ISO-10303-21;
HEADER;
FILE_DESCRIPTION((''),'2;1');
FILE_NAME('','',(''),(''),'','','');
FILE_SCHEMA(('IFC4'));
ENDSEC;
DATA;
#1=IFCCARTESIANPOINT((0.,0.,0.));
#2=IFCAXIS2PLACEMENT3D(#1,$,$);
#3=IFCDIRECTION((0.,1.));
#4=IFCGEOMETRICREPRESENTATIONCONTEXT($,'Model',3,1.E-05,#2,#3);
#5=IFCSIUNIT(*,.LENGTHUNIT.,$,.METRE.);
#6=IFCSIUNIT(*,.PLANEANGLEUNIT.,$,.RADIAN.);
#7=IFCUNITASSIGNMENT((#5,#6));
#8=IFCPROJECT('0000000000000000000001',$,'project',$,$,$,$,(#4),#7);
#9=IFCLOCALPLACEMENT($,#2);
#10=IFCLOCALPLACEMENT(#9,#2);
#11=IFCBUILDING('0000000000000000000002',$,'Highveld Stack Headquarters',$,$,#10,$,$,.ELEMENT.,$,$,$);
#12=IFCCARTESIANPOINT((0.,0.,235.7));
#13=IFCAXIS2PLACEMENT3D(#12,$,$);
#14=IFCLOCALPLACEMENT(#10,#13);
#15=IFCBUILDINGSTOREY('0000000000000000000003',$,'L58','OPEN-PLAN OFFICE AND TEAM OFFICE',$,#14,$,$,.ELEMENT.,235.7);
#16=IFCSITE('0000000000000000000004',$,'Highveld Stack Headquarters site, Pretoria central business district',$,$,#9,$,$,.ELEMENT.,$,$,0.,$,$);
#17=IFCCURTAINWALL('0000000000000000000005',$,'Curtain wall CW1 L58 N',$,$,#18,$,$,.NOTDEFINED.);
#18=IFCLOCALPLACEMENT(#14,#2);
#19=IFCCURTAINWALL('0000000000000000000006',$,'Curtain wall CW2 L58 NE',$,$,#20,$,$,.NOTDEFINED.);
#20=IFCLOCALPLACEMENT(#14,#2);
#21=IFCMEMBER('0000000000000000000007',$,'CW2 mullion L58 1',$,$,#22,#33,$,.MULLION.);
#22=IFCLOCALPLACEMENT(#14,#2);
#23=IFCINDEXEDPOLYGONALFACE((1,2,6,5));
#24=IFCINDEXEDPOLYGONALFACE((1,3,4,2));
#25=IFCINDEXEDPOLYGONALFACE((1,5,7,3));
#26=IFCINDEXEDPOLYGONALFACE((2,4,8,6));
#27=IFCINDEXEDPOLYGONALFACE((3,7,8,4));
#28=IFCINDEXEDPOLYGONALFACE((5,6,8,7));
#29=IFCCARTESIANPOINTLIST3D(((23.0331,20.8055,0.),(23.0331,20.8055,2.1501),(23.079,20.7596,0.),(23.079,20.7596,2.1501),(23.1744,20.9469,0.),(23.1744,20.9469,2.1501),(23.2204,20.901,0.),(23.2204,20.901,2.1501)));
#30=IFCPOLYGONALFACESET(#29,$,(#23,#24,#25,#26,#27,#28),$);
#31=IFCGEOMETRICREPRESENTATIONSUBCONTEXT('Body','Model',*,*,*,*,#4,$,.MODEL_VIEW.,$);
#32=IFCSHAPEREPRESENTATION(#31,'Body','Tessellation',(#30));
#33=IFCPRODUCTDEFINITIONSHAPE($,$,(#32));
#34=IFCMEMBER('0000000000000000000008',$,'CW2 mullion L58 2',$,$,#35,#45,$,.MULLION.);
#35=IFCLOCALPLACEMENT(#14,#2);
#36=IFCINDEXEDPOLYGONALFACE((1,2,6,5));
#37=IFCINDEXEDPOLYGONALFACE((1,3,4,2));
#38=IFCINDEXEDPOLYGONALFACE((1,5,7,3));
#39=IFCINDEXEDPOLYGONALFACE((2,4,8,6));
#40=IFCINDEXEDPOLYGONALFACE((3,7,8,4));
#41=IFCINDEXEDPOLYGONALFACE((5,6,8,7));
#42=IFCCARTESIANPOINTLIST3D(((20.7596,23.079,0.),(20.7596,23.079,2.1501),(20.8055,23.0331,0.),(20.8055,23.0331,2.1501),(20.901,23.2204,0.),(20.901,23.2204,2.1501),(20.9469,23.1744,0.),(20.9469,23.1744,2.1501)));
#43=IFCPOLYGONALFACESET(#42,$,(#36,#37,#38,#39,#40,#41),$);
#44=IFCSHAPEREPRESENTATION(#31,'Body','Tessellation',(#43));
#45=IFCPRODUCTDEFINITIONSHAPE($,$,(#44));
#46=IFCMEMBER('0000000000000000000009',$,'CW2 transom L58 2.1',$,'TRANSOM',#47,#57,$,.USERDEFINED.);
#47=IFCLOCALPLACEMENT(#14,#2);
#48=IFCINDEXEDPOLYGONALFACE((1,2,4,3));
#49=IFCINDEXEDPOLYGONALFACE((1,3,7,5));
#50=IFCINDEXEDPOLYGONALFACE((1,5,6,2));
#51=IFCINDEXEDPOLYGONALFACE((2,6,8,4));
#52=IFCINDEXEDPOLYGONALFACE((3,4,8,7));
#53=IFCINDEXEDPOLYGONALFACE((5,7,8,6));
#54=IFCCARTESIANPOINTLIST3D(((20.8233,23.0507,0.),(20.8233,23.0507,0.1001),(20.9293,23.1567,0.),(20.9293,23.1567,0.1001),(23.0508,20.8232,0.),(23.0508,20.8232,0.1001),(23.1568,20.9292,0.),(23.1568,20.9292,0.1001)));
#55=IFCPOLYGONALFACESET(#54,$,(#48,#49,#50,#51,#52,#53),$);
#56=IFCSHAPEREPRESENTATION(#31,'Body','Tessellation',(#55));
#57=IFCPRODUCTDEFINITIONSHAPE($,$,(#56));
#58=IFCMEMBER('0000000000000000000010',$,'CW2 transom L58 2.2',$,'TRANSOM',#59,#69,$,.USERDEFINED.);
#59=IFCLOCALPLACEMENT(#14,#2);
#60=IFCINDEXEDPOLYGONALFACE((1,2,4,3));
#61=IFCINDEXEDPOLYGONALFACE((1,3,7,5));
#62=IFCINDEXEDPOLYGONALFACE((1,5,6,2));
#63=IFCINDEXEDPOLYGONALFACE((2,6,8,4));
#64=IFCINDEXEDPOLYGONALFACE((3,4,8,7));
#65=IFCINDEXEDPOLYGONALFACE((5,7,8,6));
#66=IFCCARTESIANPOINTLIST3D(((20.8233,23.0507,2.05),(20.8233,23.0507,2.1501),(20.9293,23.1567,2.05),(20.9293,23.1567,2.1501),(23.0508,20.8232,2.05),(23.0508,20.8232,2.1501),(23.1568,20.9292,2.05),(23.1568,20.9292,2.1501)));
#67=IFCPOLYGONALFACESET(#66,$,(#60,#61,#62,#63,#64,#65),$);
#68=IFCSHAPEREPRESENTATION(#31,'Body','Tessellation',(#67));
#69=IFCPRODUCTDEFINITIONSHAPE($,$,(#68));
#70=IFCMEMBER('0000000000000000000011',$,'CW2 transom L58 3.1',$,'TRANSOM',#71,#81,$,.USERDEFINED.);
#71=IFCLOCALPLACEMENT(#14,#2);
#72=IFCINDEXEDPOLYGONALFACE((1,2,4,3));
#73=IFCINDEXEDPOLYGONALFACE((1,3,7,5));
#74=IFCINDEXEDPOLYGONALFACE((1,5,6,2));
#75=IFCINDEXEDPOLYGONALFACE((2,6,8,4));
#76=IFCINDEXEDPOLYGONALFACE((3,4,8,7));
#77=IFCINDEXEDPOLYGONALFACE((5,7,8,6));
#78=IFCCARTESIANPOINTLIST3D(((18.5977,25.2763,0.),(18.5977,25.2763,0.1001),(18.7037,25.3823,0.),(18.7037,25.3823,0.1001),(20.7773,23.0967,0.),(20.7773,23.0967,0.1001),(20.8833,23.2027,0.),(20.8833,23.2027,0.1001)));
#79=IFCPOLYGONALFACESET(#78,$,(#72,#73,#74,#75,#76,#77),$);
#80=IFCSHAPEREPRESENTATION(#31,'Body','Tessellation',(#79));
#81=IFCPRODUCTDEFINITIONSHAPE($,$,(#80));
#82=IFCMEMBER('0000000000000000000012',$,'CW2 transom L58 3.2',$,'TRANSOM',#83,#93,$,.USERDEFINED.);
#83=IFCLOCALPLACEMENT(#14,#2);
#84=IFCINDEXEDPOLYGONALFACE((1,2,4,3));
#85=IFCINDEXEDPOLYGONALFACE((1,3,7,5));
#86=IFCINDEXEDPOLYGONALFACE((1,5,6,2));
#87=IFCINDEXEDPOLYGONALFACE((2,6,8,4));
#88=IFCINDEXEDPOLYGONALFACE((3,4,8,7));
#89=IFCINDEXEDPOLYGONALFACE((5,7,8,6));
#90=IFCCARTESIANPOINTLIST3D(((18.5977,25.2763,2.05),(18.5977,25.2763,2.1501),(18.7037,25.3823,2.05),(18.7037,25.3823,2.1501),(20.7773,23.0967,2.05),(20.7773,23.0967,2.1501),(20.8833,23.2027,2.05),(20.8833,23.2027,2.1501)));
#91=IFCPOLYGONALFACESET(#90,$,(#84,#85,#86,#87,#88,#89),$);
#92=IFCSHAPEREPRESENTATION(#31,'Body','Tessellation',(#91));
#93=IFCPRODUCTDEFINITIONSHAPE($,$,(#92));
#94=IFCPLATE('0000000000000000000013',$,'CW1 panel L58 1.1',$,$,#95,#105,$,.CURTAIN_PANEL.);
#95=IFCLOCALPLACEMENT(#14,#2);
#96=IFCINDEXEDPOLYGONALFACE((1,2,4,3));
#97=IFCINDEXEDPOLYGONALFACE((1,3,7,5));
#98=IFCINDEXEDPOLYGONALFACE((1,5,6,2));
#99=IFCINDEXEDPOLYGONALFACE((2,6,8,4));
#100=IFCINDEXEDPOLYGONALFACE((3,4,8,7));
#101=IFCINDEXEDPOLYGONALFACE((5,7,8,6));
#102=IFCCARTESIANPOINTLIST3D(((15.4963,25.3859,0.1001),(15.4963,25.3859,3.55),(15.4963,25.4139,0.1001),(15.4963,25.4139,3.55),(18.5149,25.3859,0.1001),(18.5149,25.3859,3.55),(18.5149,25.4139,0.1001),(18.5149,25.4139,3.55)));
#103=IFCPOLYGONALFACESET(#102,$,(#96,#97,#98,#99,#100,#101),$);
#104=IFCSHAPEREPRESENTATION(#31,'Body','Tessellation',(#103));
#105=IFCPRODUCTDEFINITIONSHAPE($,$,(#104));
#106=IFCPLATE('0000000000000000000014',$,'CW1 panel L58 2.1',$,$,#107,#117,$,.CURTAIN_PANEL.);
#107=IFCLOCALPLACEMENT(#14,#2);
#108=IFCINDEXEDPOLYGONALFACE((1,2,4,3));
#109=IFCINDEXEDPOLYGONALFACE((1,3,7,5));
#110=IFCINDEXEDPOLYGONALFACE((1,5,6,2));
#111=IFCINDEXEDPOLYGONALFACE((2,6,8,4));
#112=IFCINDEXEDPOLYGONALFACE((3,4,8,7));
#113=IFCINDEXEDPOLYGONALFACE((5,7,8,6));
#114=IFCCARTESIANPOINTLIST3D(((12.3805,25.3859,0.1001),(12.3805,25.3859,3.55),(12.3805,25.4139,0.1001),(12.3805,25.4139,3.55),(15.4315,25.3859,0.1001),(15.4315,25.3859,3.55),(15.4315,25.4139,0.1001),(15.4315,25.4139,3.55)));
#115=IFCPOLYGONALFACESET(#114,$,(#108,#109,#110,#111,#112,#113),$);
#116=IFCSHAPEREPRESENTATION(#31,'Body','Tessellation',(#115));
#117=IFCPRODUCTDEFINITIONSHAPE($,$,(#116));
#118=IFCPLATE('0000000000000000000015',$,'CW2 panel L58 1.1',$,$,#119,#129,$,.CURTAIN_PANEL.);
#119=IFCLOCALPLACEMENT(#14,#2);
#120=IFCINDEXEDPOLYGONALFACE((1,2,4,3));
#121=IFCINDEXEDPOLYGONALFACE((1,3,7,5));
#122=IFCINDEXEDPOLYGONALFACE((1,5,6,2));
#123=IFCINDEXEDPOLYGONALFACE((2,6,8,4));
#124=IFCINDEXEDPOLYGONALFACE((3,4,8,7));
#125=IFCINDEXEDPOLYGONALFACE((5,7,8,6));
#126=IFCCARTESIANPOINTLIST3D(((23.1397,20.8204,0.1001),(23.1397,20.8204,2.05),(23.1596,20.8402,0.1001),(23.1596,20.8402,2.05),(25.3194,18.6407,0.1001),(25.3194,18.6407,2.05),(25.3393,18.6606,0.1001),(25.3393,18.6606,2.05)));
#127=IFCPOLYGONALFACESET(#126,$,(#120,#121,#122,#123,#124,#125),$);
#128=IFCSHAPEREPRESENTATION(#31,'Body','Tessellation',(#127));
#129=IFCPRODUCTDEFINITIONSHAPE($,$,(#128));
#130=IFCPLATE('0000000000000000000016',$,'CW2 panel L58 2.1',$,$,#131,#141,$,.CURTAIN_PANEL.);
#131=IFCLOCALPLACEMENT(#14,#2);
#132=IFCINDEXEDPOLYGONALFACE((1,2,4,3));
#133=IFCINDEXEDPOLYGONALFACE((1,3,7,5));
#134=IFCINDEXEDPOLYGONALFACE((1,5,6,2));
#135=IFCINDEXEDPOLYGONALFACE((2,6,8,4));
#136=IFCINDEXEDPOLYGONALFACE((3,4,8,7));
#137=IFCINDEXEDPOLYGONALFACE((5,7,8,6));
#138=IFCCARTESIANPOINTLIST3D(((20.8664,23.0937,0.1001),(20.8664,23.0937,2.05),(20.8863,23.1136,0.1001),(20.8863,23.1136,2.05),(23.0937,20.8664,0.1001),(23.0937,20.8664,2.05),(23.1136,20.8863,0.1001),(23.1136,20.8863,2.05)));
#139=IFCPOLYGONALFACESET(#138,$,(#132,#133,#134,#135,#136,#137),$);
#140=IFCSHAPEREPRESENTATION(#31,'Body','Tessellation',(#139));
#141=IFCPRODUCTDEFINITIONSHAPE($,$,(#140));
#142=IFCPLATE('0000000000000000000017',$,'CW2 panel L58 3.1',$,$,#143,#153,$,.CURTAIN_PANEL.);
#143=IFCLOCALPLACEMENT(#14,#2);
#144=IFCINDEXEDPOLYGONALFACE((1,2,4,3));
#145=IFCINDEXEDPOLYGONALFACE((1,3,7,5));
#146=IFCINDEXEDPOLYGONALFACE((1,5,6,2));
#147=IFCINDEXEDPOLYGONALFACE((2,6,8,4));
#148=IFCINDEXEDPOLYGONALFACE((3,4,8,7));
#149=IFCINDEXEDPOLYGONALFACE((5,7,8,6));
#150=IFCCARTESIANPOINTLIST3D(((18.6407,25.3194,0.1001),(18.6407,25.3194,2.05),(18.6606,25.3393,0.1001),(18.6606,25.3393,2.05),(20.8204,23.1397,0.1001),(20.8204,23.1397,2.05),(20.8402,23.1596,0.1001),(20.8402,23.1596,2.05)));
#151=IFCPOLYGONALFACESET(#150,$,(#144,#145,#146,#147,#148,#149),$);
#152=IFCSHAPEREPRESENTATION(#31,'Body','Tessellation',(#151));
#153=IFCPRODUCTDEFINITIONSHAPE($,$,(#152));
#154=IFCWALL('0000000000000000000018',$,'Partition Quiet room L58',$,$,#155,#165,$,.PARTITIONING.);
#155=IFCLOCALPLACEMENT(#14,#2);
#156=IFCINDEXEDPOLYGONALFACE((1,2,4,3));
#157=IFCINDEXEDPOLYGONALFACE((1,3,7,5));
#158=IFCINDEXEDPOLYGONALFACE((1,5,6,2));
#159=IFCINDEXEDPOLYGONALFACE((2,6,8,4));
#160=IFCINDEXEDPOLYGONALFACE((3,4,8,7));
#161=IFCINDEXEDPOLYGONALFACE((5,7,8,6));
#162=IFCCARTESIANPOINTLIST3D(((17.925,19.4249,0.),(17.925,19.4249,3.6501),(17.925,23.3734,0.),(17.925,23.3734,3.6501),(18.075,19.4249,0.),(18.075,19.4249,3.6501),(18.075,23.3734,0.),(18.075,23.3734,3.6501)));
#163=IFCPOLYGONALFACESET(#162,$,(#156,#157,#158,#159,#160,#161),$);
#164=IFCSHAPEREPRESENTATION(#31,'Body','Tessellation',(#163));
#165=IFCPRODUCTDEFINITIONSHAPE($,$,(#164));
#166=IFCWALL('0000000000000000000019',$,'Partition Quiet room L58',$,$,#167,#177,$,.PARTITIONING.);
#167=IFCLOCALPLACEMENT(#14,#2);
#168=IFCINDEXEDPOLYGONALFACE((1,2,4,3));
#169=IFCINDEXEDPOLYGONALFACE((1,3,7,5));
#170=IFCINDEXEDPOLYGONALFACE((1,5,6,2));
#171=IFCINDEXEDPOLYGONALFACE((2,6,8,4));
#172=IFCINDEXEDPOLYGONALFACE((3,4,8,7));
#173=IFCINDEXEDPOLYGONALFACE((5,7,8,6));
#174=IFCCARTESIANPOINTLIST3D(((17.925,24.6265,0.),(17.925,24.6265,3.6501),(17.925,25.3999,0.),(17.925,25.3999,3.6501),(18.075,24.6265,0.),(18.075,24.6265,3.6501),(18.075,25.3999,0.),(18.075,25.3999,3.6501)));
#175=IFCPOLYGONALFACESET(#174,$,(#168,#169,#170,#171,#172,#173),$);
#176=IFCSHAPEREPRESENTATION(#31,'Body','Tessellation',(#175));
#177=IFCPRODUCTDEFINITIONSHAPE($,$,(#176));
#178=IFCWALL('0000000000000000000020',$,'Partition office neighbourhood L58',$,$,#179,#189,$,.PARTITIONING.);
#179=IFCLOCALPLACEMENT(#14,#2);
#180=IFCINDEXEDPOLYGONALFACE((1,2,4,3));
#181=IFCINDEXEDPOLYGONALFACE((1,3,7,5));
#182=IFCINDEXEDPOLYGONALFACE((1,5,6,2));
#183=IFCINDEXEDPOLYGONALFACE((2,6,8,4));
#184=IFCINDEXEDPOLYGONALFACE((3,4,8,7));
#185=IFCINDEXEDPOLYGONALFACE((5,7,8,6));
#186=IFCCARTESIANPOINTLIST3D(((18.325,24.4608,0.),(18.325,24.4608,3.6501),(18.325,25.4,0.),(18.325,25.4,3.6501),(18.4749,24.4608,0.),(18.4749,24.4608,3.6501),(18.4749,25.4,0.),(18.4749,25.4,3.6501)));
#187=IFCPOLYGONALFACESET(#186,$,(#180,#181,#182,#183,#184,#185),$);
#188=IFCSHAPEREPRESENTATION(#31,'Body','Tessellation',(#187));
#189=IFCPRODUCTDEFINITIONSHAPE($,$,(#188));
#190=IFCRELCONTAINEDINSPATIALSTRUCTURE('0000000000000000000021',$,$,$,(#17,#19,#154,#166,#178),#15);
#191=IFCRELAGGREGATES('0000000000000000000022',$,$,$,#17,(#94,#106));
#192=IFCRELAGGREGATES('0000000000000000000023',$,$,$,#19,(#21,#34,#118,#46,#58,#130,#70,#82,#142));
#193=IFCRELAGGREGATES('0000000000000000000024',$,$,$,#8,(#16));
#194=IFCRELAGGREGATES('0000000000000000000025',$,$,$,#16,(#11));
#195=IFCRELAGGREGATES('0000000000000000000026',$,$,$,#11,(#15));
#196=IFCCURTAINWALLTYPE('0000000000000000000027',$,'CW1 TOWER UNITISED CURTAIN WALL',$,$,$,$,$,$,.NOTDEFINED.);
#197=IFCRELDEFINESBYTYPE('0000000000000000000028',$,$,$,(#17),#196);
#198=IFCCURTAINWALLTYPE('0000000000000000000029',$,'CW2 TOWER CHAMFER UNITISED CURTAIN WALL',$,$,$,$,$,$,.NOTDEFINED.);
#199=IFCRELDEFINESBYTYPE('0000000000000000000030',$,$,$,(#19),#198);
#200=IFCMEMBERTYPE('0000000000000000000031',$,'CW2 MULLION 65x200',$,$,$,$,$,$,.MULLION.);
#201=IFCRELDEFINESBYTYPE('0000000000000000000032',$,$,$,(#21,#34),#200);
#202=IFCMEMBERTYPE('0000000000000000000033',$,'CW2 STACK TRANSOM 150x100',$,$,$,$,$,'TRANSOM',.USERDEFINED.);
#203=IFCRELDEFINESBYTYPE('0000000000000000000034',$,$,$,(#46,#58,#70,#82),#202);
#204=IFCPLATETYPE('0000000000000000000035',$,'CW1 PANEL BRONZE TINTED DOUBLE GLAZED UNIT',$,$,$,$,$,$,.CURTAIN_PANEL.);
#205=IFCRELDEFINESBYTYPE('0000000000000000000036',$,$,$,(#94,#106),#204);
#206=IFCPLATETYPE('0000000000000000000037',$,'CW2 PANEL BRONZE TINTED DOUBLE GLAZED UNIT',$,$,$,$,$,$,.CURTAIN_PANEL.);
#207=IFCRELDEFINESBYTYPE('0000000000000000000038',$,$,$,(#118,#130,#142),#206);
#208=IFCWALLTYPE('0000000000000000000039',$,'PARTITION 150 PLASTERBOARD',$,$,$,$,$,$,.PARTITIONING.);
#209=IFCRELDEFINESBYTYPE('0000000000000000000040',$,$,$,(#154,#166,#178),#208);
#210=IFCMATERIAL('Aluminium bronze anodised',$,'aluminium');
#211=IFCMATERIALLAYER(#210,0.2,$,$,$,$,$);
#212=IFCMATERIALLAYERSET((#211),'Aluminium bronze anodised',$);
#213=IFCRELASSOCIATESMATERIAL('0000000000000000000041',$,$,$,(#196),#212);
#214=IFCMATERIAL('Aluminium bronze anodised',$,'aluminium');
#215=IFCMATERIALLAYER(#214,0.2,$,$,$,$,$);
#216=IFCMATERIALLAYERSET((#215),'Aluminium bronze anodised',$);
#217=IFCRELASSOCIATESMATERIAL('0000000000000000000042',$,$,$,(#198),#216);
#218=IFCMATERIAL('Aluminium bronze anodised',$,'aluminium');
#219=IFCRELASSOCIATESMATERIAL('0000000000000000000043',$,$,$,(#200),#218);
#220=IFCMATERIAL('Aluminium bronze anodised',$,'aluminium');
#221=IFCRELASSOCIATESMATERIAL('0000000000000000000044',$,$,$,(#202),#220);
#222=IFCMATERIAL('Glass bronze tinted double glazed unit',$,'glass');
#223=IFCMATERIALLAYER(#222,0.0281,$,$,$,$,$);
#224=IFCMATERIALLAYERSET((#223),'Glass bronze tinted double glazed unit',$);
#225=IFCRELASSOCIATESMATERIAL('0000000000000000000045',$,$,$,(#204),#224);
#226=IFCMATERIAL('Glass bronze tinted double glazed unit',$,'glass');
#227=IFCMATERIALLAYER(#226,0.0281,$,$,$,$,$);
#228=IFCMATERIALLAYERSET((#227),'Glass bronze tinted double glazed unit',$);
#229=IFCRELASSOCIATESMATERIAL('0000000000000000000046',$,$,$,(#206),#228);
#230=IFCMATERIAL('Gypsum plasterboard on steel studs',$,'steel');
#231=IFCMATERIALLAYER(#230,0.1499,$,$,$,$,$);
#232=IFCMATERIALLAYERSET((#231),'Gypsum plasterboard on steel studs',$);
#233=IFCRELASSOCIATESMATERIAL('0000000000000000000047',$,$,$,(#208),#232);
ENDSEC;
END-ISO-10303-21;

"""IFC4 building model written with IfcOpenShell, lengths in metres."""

from ifc_helpers import new_model, si_unit, direction, frame, frame_2d, origin, origin_2d, place, context, subcontext, project, spatial, rectangle, extrude, material, layer, layer_set, material_profile, profile_set, type_object, element, aggregate, save


model = new_model("IFC4")

# Units and contexts
model_context = context("Model", 3, precision=1e-05, world=origin(), true_north=direction((0.0, 1.0)))
body_context = subcontext(model_context, "Body", "Model", "MODEL_VIEW")
ifc_project = project(units=[si_unit("LENGTHUNIT", "METRE"), si_unit("PLANEANGLEUNIT", "RADIAN")], contexts=[model_context])

# Site, building, storey
site_placement = place(None, origin())
site = spatial("IfcSite", under=ifc_project, at=site_placement, Name="Highveld Stack Headquarters site, Pretoria central business district", CompositionType="ELEMENT", RefElevation=0.0)
building_placement = place(site_placement, origin())
building = spatial("IfcBuilding", under=site, at=building_placement, Name="Highveld Stack Headquarters", CompositionType="ELEMENT")
storey_placement = place(building_placement, frame((0.0, 0.0, 235.7)))
storey = spatial("IfcBuildingStorey", under=building, at=storey_placement, Name="L58", Description="OPEN-PLAN OFFICE AND TEAM OFFICE", CompositionType="ELEMENT", Elevation=235.7)

# Curtain walls, members
ifc_material_1 = material(Name="Aluminium bronze anodised", Category="aluminium")
ifc_layer_1 = layer(ifc_material_1, 0.2)
ifc_layer_set_1 = layer_set([ifc_layer_1], Name="Aluminium bronze anodised")
curtain_wall_type_1 = type_object("IfcCurtainWallType", Name="CW1 TOWER UNITISED CURTAIN WALL", PredefinedType="NOTDEFINED", material=ifc_layer_set_1)
curtain_wall_1_placement = place(storey_placement, origin())
curtain_wall_1 = element("IfcCurtainWall", 1, at=curtain_wall_1_placement, inside=storey, type_object=curtain_wall_type_1, Name="Curtain wall CW1 L58 N", PredefinedType="NOTDEFINED")
ifc_material_2 = material(Name="Aluminium bronze anodised", Category="aluminium")
ifc_layer_2 = layer(ifc_material_2, 0.2)
ifc_layer_set_2 = layer_set([ifc_layer_2], Name="Aluminium bronze anodised")
curtain_wall_type_2 = type_object("IfcCurtainWallType", Name="CW2 TOWER CHAMFER UNITISED CURTAIN WALL", PredefinedType="NOTDEFINED", material=ifc_layer_set_2)
curtain_wall_2_placement = place(storey_placement, origin())
curtain_wall_2 = element("IfcCurtainWall", 2, at=curtain_wall_2_placement, inside=storey, type_object=curtain_wall_type_2, Name="Curtain wall CW2 L58 NE", PredefinedType="NOTDEFINED")
ifc_material_3 = material(Name="Aluminium bronze anodised", Category="aluminium")
ifc_material_profile_1 = material_profile(ifc_material_3, rectangle(XDim=0.2, YDim=0.0649, at=origin_2d()), Name="CW2 MULLION 65x200")
ifc_profile_set_1 = profile_set([ifc_material_profile_1], Name="Aluminium bronze anodised")
member_type_1 = type_object("IfcMemberType", Name="CW2 MULLION 65x200", PredefinedType="MULLION", material=ifc_profile_set_1)
member_1_placement = place(storey_placement, frame((23.1267, 20.8533, 0.0), z_axis=(0.0, 0.0, 1.0), x_axis=(-0.707107, -0.707107, 0.0)))
member_1 = element("IfcMember", 3, at=member_1_placement, type_object=member_type_1, Name="CW2 mullion L58 1", PredefinedType="MULLION", context=body_context, shape_type="SweptSolid", body=[
    extrude(rectangle(XDim=0.2, YDim=0.0649, at=origin_2d()), origin(), (0.0, 0.0, 1.0), 2.1501),
])
member_2_placement = place(storey_placement, frame((20.8533, 23.1267, 0.0), z_axis=(0.0, 0.0, 1.0), x_axis=(-0.707107, -0.707107, 0.0)))
member_2 = element("IfcMember", 4, at=member_2_placement, type_object=member_type_1, Name="CW2 mullion L58 2", PredefinedType="MULLION", context=body_context, shape_type="SweptSolid", body=[
    extrude(rectangle(XDim=0.2, YDim=0.0649, at=origin_2d()), origin(), (0.0, 0.0, 1.0), 2.1501),
])
ifc_material_4 = material(Name="Aluminium bronze anodised", Category="aluminium")
ifc_material_profile_2 = material_profile(ifc_material_4, rectangle(XDim=0.1499, YDim=0.1001, at=origin_2d()), Name="CW2 TRANSOM 150x100")
ifc_profile_set_2 = profile_set([ifc_material_profile_2], Name="Aluminium bronze anodised")
member_type_2 = type_object("IfcMemberType", Name="CW2 STACK TRANSOM 150x100", ElementType="TRANSOM", PredefinedType="USERDEFINED", material=ifc_profile_set_2)
member_3_placement = place(storey_placement, frame((23.1038, 20.8762, 0.05), z_axis=(-0.707107, 0.707107, 0.0), x_axis=(-0.707107, -0.707107, 0.0)))
member_3 = element("IfcMember", 5, at=member_3_placement, type_object=member_type_2, Name="CW2 transom L58 2.1", ObjectType="TRANSOM", PredefinedType="USERDEFINED", context=body_context, shape_type="SweptSolid", body=[
    extrude(rectangle(XDim=0.1499, YDim=0.1001, at=origin_2d()), origin(), (0.0, 0.0, 1.0), 3.1501),
])
member_4_placement = place(storey_placement, frame((23.1038, 20.8762, 2.1001), z_axis=(-0.707107, 0.707107, 0.0), x_axis=(-0.707107, -0.707107, 0.0)))
member_4 = element("IfcMember", 6, at=member_4_placement, type_object=member_type_2, Name="CW2 transom L58 2.2", ObjectType="TRANSOM", PredefinedType="USERDEFINED", context=body_context, shape_type="SweptSolid", body=[
    extrude(rectangle(XDim=0.1499, YDim=0.1001, at=origin_2d()), origin(), (0.0, 0.0, 1.0), 3.1501),
])
member_5_placement = place(storey_placement, frame((20.8303, 23.1497, 0.05), z_axis=(-0.707107, 0.707107, 0.0), x_axis=(-0.707107, -0.707107, 0.0)))
member_5 = element("IfcMember", 7, at=member_5_placement, type_object=member_type_2, Name="CW2 transom L58 3.1", ObjectType="TRANSOM", PredefinedType="USERDEFINED", context=body_context, shape_type="SweptSolid", body=[
    extrude(rectangle(XDim=0.1499, YDim=0.1001, at=origin_2d()), origin(), (0.0, 0.0, 1.0), 3.0825),
])
member_6_placement = place(storey_placement, frame((20.8303, 23.1497, 2.1001), z_axis=(-0.707107, 0.707107, 0.0), x_axis=(-0.707107, -0.707107, 0.0)))
member_6 = element("IfcMember", 8, at=member_6_placement, type_object=member_type_2, Name="CW2 transom L58 3.2", ObjectType="TRANSOM", PredefinedType="USERDEFINED", context=body_context, shape_type="SweptSolid", body=[
    extrude(rectangle(XDim=0.1499, YDim=0.1001, at=origin_2d()), origin(), (0.0, 0.0, 1.0), 3.0825),
])

# Plates
ifc_material_5 = material(Name="Glass bronze tinted double glazed unit", Category="glass")
ifc_layer_3 = layer(ifc_material_5, 0.0281)
ifc_layer_set_3 = layer_set([ifc_layer_3], Name="Glass bronze tinted double glazed unit")
plate_type_1 = type_object("IfcPlateType", Name="CW1 PANEL BRONZE TINTED DOUBLE GLAZED UNIT", PredefinedType="CURTAIN_PANEL", material=ifc_layer_set_3)
plate_1_placement = place(storey_placement, frame((17.0056, 25.3999, 0.1001), z_axis=(0.0, 0.0, 1.0), x_axis=(-1.0, 0.0, 0.0)))
plate_1 = element("IfcPlate", 9, at=plate_1_placement, type_object=plate_type_1, Name="CW1 panel L58 1.1", PredefinedType="CURTAIN_PANEL", context=body_context, shape_type="SweptSolid", body=[
    extrude(rectangle(XDim=3.0186, YDim=0.0281, at=origin_2d()), origin(), (0.0, 0.0, 1.0), 3.45),
])
plate_2_placement = place(storey_placement, frame((13.906, 25.3999, 0.1001), z_axis=(0.0, 0.0, 1.0), x_axis=(-1.0, 0.0, 0.0)))
plate_2 = element("IfcPlate", 10, at=plate_2_placement, type_object=plate_type_1, Name="CW1 panel L58 2.1", PredefinedType="CURTAIN_PANEL", context=body_context, shape_type="SweptSolid", body=[
    extrude(rectangle(XDim=3.051, YDim=0.0281, at=origin_2d()), origin(), (0.0, 0.0, 1.0), 3.45),
])
aggregate(curtain_wall_1, [plate_1, plate_2])
ifc_material_6 = material(Name="Glass bronze tinted double glazed unit", Category="glass")
ifc_layer_4 = layer(ifc_material_6, 0.0281)
ifc_layer_set_4 = layer_set([ifc_layer_4], Name="Glass bronze tinted double glazed unit")
plate_type_2 = type_object("IfcPlateType", Name="CW2 PANEL BRONZE TINTED DOUBLE GLAZED UNIT", PredefinedType="CURTAIN_PANEL", material=ifc_layer_set_4)
plate_3_placement = place(storey_placement, frame((24.2395, 19.7405, 0.1001), z_axis=(0.0, 0.0, 1.0), x_axis=(-0.707107, 0.707107, 0.0)))
plate_3 = element("IfcPlate", 11, at=plate_3_placement, type_object=plate_type_2, Name="CW2 panel L58 1.1", PredefinedType="CURTAIN_PANEL", context=body_context, shape_type="SweptSolid", body=[
    extrude(rectangle(XDim=3.0825, YDim=0.0281, at=origin_2d()), origin(), (0.0, 0.0, 1.0), 1.95),
])
plate_4_placement = place(storey_placement, frame((21.99, 21.99, 0.1001), z_axis=(0.0, 0.0, 1.0), x_axis=(-0.707107, 0.707107, 0.0)))
plate_4 = element("IfcPlate", 12, at=plate_4_placement, type_object=plate_type_2, Name="CW2 panel L58 2.1", PredefinedType="CURTAIN_PANEL", context=body_context, shape_type="SweptSolid", body=[
    extrude(rectangle(XDim=3.1499, YDim=0.0281, at=origin_2d()), origin(), (0.0, 0.0, 1.0), 1.95),
])
plate_5_placement = place(storey_placement, frame((19.7405, 24.2395, 0.1001), z_axis=(0.0, 0.0, 1.0), x_axis=(-0.707107, 0.707107, 0.0)))
plate_5 = element("IfcPlate", 13, at=plate_5_placement, type_object=plate_type_2, Name="CW2 panel L58 3.1", PredefinedType="CURTAIN_PANEL", context=body_context, shape_type="SweptSolid", body=[
    extrude(rectangle(XDim=3.0825, YDim=0.0281, at=origin_2d()), origin(), (0.0, 0.0, 1.0), 1.95),
])
aggregate(curtain_wall_2, [member_1, member_2, plate_3, member_3, member_4, plate_4, member_5, member_6, plate_5])

# Walls
ifc_material_7 = material(Name="Gypsum plasterboard on steel studs", Category="steel")
ifc_layer_5 = layer(ifc_material_7, 0.1499)
ifc_layer_set_5 = layer_set([ifc_layer_5], Name="Gypsum plasterboard on steel studs")
wall_type = type_object("IfcWallType", Name="PARTITION 150 PLASTERBOARD", PredefinedType="PARTITIONING", material=ifc_layer_set_5)
wall_1_placement = place(storey_placement, frame((18.0, 19.425, 0.0), z_axis=(0.0, 0.0, 1.0), x_axis=(0.0, 1.0, 0.0)))
element("IfcWall", 14, at=wall_1_placement, inside=storey, type_object=wall_type, Name="Partition Quiet room L58", PredefinedType="PARTITIONING", context=body_context, shape_type="SweptSolid", body=[
    extrude(rectangle(XDim=3.9485, YDim=0.1499, at=frame_2d((1.9741, 0.0))), origin(), (0.0, 0.0, 1.0), 3.6501),
])
wall_2_placement = place(storey_placement, frame((18.0, 24.6265, 0.0), z_axis=(0.0, 0.0, 1.0), x_axis=(0.0, 1.0, 0.0)))
element("IfcWall", 15, at=wall_2_placement, inside=storey, type_object=wall_type, Name="Partition Quiet room L58", PredefinedType="PARTITIONING", context=body_context, shape_type="SweptSolid", body=[
    extrude(rectangle(XDim=0.7734, YDim=0.1499, at=frame_2d((0.3867, 0.0))), origin(), (0.0, 0.0, 1.0), 3.6501),
])
wall_3_placement = place(storey_placement, frame((18.3999, 24.4607, 0.0), z_axis=(0.0, 0.0, 1.0), x_axis=(0.0, 1.0, 0.0)))
element("IfcWall", 16, at=wall_3_placement, inside=storey, type_object=wall_type, Name="Partition office neighbourhood L58", PredefinedType="PARTITIONING", context=body_context, shape_type="SweptSolid", body=[
    extrude(rectangle(XDim=0.9392, YDim=0.1499, at=frame_2d((0.4697, 0.0))), origin(), (0.0, 0.0, 1.0), 3.6501),
])

save(model, "model.ifc")
